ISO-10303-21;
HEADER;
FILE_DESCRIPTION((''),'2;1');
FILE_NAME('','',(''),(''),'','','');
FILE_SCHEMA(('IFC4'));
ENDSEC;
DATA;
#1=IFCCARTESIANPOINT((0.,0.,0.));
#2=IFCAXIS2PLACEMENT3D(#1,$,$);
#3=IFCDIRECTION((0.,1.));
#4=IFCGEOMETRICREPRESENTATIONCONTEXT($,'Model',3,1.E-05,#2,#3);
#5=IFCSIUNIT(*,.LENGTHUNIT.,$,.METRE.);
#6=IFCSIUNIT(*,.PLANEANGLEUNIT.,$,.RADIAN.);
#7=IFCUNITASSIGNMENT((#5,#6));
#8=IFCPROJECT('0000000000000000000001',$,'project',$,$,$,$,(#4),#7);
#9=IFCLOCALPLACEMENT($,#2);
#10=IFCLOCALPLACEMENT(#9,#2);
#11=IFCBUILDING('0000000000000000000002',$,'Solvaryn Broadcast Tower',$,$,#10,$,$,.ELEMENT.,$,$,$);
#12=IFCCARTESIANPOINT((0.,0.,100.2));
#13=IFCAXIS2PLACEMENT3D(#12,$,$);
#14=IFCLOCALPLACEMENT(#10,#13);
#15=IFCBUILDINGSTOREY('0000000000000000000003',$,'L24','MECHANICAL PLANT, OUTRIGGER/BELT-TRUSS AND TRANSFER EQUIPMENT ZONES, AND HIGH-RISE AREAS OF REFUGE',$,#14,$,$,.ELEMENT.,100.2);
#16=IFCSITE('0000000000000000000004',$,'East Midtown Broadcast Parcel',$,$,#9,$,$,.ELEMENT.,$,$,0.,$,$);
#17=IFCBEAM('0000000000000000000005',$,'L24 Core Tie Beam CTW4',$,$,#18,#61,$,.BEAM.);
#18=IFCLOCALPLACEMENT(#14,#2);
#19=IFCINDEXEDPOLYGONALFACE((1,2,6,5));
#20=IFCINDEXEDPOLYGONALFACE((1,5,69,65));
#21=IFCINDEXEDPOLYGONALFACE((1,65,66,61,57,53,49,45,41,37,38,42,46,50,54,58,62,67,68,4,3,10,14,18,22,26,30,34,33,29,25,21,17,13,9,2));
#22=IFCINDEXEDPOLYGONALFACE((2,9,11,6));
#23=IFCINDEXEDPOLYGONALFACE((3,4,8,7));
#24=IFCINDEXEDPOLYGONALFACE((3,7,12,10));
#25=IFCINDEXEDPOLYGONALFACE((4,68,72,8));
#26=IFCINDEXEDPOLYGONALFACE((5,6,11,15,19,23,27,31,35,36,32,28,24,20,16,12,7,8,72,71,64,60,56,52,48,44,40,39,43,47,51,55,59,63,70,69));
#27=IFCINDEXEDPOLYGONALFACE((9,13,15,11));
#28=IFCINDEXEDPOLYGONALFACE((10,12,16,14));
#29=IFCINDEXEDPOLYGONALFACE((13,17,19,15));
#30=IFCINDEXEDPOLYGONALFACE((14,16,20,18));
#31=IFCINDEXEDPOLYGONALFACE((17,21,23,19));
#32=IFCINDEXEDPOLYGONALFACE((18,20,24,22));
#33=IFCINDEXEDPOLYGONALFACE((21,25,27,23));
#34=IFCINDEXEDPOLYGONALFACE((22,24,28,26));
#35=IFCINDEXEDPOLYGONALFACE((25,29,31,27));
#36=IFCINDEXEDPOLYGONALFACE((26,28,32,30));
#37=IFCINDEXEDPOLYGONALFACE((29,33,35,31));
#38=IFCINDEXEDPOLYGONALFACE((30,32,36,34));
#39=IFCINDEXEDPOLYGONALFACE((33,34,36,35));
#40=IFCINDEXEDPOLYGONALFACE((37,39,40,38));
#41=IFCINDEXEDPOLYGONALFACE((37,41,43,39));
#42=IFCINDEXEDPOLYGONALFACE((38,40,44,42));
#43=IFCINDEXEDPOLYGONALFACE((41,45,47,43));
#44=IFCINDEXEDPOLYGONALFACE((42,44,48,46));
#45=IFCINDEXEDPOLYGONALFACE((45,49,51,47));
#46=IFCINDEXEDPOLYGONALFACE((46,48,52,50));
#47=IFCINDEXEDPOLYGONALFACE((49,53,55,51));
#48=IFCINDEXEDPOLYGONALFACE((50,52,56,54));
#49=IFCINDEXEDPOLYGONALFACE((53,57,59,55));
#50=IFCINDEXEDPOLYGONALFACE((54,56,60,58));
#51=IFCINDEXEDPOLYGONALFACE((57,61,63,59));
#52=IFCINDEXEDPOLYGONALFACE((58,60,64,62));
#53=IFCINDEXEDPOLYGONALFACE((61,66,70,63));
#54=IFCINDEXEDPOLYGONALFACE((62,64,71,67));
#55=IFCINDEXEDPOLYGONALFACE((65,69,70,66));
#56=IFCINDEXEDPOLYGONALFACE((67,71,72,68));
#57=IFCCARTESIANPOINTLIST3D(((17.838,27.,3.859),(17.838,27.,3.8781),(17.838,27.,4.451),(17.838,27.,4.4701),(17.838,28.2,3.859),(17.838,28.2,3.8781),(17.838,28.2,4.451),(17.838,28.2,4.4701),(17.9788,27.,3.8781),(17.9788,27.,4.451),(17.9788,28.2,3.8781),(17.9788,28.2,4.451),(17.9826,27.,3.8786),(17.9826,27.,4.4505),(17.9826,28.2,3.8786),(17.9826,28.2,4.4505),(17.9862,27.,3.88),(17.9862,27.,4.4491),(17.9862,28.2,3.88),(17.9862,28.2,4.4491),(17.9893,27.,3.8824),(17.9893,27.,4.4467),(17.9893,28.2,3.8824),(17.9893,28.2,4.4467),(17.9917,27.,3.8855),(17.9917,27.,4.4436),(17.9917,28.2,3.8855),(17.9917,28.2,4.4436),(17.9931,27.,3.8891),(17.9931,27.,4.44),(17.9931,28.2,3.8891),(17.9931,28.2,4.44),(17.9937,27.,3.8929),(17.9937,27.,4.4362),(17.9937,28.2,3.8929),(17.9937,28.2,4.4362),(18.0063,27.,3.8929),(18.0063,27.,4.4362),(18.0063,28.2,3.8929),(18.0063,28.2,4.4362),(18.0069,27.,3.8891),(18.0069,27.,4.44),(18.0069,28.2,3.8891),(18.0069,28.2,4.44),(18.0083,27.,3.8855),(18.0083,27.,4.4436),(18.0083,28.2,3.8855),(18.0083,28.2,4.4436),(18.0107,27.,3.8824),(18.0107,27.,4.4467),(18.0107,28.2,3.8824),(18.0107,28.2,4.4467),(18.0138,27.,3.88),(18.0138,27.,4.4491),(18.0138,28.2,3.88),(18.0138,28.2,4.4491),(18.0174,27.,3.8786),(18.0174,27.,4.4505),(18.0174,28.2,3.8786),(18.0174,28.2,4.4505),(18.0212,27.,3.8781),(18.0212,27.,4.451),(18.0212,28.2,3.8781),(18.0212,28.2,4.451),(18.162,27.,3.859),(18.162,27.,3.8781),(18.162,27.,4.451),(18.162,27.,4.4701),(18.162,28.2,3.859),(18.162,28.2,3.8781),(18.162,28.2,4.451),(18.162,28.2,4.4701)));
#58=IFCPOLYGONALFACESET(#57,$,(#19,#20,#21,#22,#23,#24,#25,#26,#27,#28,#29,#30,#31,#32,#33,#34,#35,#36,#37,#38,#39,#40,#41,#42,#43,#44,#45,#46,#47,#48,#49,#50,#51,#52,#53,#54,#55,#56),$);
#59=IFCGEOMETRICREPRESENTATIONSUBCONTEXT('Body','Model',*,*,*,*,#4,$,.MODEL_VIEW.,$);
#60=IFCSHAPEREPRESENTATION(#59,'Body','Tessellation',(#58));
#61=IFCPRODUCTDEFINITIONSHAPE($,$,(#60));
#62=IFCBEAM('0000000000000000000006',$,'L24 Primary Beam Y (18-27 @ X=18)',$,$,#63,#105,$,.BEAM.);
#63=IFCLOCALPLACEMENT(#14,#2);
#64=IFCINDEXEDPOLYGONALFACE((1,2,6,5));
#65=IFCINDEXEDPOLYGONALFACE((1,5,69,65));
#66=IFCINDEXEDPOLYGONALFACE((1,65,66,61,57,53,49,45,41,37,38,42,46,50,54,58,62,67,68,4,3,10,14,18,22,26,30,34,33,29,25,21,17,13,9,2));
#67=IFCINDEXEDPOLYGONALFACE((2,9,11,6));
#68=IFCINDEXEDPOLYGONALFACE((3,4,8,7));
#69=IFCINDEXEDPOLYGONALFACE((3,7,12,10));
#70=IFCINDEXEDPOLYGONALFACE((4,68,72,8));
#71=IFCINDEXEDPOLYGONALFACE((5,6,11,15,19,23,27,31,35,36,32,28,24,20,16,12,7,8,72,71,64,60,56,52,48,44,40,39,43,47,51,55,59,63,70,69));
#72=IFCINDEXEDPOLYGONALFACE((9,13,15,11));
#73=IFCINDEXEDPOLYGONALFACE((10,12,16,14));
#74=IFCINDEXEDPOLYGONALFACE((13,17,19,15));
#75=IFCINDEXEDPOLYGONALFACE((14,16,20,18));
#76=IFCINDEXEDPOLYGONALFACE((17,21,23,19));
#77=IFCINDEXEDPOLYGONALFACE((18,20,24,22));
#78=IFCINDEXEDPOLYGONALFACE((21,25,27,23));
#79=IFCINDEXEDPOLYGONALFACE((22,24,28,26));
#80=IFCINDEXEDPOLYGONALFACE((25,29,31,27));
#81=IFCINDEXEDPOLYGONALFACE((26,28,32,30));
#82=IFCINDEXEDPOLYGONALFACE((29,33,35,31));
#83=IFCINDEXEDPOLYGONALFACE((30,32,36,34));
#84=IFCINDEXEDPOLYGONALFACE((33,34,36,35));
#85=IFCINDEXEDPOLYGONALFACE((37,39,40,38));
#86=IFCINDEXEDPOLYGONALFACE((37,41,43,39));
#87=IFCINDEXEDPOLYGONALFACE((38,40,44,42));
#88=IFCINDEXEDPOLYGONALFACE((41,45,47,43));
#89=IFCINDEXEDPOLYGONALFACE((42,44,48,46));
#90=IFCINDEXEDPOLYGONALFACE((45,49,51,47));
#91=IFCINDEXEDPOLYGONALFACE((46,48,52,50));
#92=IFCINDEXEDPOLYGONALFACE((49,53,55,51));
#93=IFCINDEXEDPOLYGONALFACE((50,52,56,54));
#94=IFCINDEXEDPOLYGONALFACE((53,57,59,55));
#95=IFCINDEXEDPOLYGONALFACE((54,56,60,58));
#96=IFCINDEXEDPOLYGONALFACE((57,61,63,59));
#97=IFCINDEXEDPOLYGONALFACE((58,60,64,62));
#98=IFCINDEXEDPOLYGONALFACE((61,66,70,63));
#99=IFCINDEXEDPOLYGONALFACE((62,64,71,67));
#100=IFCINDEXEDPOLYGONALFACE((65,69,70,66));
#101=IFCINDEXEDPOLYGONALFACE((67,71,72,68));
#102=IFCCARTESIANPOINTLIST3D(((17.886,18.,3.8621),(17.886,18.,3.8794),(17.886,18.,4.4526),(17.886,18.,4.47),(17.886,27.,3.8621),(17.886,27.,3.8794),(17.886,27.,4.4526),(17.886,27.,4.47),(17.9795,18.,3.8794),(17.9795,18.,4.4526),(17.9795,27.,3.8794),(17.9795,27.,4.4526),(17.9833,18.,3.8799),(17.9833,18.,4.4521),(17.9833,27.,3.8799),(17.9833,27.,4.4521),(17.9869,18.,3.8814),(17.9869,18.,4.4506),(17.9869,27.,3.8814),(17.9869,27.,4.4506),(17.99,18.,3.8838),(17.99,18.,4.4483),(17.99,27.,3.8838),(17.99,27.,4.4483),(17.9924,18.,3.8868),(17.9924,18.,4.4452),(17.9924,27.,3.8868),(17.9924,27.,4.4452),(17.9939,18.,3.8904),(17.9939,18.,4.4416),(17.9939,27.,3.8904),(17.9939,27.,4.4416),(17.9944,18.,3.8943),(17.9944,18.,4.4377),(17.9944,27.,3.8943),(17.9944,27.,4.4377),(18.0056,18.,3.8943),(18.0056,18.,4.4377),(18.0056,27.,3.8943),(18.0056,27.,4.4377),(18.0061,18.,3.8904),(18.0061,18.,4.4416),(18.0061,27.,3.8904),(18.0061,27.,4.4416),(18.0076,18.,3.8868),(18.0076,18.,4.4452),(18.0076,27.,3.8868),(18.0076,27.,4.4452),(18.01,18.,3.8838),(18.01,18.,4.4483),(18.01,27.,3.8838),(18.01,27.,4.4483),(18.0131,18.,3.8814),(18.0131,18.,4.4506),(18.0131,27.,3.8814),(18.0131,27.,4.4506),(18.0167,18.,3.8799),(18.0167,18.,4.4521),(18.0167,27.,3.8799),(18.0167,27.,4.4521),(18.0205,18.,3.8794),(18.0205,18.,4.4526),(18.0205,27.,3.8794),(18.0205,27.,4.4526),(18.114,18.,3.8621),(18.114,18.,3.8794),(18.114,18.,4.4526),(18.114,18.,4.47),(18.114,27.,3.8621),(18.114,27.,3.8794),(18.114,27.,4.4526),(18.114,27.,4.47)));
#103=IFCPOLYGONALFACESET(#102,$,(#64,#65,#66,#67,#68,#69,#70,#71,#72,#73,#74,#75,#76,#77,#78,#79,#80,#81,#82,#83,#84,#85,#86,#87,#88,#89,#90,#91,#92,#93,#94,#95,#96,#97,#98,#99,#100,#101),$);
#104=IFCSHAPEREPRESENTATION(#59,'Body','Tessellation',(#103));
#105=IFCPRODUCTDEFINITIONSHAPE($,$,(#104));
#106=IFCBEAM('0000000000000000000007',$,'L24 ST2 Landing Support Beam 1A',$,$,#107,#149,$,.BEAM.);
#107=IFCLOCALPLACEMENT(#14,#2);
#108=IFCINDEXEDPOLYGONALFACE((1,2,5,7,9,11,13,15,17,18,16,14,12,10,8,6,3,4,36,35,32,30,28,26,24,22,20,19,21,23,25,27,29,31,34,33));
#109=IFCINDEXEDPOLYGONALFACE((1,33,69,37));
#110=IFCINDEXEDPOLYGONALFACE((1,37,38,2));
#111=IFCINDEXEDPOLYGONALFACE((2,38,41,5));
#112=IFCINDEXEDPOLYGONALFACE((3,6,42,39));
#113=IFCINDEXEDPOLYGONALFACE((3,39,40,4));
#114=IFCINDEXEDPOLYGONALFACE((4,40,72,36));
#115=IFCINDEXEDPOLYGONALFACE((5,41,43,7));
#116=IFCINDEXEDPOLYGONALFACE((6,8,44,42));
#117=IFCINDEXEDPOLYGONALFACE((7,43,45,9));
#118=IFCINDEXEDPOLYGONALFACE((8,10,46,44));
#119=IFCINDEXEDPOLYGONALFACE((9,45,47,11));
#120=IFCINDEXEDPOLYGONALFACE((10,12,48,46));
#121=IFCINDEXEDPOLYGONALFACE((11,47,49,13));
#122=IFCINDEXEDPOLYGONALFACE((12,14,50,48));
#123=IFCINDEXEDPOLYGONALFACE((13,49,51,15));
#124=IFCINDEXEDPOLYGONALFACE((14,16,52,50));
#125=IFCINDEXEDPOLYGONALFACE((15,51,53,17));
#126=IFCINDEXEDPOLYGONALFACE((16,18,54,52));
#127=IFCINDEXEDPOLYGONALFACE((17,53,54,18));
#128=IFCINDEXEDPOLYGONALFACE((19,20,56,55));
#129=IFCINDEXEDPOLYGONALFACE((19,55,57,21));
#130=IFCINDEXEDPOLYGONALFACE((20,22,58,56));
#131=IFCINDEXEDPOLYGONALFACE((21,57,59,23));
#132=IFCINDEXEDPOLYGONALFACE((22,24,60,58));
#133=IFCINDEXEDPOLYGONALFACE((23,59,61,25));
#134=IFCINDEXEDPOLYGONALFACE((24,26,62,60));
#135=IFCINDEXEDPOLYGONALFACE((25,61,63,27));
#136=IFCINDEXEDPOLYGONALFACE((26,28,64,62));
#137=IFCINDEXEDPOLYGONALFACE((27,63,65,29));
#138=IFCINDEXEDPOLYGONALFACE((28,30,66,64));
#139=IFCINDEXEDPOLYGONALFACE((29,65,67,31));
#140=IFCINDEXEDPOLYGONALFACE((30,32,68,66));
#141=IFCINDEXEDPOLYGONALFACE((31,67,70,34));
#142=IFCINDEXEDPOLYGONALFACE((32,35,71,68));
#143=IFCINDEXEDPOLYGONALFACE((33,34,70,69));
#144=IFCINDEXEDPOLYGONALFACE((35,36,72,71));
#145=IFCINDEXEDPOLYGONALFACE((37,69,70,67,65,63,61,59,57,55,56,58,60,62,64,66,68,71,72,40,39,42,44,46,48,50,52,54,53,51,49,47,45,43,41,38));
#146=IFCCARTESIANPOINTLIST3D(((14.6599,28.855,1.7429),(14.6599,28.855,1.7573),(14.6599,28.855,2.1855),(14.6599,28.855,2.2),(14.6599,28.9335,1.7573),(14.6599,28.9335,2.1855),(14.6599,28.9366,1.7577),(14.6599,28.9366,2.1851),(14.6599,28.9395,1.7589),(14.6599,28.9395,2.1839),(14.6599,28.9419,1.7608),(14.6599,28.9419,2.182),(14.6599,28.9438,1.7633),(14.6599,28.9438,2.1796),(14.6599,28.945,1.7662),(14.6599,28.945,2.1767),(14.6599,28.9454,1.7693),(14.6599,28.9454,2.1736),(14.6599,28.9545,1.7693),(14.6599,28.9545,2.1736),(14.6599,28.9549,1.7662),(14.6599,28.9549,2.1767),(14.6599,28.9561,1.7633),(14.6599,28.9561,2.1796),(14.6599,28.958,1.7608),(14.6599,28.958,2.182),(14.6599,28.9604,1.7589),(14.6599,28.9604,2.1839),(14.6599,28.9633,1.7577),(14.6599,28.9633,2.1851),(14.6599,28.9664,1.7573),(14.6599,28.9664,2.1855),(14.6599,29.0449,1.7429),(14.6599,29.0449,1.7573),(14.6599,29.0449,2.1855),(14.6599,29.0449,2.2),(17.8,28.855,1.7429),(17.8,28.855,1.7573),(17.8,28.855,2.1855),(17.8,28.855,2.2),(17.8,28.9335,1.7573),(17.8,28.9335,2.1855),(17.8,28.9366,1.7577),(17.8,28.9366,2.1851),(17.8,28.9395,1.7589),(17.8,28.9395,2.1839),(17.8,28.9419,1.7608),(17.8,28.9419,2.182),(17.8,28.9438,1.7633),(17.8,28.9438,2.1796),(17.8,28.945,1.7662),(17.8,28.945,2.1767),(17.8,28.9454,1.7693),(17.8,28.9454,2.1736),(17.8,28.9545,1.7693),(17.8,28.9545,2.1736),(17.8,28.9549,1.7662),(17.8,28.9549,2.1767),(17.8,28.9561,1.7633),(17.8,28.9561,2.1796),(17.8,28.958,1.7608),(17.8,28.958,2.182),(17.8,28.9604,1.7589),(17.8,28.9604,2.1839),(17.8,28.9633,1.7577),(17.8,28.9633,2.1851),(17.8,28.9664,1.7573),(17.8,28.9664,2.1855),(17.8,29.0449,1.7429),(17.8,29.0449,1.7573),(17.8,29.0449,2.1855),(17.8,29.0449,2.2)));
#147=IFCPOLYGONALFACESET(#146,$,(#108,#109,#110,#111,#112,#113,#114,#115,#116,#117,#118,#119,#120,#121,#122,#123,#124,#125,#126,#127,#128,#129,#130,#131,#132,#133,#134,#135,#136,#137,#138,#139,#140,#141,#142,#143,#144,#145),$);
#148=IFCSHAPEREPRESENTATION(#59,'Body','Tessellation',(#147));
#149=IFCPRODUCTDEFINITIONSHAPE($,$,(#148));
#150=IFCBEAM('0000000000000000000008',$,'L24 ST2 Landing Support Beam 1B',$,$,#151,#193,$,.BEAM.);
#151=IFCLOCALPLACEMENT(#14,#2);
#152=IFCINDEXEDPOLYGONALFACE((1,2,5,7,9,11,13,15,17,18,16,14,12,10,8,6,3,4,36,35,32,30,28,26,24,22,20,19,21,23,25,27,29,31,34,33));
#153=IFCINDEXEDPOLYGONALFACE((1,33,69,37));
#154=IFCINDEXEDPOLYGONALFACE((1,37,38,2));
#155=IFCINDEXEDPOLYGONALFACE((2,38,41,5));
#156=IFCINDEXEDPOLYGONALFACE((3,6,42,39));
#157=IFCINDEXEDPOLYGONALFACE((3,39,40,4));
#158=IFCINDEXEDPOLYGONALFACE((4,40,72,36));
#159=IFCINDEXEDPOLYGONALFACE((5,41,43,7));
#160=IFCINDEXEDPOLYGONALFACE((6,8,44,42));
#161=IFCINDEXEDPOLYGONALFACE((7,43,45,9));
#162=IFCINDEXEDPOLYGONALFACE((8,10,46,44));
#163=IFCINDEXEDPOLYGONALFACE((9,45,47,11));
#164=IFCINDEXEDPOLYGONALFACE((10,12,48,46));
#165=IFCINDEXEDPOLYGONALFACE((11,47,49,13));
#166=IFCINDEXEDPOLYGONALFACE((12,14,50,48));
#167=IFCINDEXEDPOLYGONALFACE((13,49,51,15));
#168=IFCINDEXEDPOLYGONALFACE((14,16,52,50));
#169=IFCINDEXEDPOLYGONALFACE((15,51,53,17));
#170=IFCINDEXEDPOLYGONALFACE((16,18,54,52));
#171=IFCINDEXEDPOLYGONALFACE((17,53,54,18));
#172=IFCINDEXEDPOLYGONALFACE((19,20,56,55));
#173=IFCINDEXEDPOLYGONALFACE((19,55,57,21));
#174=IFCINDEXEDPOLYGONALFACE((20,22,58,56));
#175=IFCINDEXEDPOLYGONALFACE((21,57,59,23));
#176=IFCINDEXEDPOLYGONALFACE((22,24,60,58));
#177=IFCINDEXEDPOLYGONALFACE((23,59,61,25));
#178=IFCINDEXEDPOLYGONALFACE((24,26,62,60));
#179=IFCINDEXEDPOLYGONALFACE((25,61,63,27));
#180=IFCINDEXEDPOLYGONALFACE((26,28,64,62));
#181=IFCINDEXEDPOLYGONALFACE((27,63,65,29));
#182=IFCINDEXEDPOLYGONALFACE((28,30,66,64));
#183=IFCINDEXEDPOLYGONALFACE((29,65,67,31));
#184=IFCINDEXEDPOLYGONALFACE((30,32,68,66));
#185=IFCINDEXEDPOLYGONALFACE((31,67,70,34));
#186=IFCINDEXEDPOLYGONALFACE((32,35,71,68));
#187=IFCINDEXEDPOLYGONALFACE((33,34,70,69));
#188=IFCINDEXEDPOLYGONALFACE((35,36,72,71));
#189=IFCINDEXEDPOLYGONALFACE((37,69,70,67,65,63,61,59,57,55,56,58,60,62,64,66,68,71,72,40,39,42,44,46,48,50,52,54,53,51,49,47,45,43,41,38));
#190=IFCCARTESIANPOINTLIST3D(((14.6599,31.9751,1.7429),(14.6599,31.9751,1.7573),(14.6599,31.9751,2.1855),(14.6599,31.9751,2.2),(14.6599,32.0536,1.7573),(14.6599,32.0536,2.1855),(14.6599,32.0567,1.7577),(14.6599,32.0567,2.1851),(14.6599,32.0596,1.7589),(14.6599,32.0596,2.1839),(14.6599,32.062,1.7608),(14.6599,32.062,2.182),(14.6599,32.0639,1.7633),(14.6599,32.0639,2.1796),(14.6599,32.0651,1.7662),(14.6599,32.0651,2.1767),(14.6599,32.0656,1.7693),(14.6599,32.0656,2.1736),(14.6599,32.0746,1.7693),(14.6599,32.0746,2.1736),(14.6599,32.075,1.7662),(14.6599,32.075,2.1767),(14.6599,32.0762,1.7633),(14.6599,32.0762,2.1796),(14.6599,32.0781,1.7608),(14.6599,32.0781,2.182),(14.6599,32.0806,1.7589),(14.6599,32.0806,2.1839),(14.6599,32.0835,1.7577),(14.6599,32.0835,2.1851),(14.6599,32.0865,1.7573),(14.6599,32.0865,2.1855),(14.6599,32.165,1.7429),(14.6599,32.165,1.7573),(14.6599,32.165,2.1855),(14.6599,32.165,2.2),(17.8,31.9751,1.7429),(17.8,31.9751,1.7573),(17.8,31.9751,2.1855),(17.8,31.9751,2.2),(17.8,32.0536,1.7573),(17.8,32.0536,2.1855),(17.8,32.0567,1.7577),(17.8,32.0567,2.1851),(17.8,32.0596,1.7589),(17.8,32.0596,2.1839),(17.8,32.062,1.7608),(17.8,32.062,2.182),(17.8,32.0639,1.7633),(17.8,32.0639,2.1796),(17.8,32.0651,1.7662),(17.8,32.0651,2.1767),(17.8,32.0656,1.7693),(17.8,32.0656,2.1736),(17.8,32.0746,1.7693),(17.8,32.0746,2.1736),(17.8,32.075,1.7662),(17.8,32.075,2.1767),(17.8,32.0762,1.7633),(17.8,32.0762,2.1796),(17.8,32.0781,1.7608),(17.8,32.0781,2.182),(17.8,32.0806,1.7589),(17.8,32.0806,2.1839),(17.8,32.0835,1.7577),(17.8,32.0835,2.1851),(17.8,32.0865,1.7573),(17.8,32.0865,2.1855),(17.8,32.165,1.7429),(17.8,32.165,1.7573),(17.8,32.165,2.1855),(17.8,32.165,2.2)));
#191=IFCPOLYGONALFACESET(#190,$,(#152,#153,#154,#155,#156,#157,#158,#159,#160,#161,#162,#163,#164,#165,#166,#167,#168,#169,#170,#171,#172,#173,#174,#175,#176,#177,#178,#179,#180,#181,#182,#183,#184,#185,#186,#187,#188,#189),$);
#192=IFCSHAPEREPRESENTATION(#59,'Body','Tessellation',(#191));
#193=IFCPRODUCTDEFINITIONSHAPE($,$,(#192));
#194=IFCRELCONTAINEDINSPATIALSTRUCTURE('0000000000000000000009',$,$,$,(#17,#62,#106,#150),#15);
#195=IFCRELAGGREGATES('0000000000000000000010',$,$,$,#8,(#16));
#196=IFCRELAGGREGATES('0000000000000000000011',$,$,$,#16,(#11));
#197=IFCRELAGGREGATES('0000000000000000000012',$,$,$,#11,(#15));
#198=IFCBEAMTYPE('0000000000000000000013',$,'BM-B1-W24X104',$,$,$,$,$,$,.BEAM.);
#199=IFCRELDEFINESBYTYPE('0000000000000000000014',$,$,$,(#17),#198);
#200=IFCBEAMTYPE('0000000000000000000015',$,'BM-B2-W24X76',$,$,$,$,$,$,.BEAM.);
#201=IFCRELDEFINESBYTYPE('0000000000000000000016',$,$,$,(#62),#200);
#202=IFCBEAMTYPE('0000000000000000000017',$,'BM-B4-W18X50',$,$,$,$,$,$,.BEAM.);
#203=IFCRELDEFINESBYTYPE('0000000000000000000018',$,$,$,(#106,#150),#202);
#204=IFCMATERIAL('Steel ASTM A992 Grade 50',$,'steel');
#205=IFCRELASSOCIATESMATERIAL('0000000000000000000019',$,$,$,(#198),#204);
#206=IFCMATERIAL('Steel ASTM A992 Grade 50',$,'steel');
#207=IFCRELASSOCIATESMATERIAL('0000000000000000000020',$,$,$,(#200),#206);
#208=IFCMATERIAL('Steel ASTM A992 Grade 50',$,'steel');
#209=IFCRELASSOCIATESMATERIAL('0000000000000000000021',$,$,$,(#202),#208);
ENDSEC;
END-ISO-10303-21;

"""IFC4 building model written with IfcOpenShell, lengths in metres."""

from ifc_helpers import new_model, si_unit, direction, frame, origin, origin_2d, place, context, subcontext, project, spatial, i_section, extrude, material, material_profile, profile_set, type_object, element, save


model = new_model("IFC4")

# Units and contexts
model_context = context("Model", 3, precision=1e-05, world=origin(), true_north=direction((0.0, 1.0)))
body_context = subcontext(model_context, "Body", "Model", "MODEL_VIEW")
ifc_project = project(units=[si_unit("LENGTHUNIT", "METRE"), si_unit("PLANEANGLEUNIT", "RADIAN")], contexts=[model_context])

# Site, building, storey
site_placement = place(None, origin())
site = spatial("IfcSite", under=ifc_project, at=site_placement, Name="East Midtown Broadcast Parcel", CompositionType="ELEMENT", RefElevation=0.0)
building_placement = place(site_placement, origin())
building = spatial("IfcBuilding", under=site, at=building_placement, Name="Solvaryn Broadcast Tower", CompositionType="ELEMENT")
storey_placement = place(building_placement, frame((0.0, 0.0, 100.2)))
storey = spatial("IfcBuildingStorey", under=building, at=storey_placement, Name="L24", Description="MECHANICAL PLANT, OUTRIGGER/BELT-TRUSS AND TRANSFER EQUIPMENT ZONES, AND HIGH-RISE AREAS OF REFUGE", CompositionType="ELEMENT", Elevation=100.2)

# Beams
ifc_material_1 = material(Name="Steel ASTM A992 Grade 50", Category="steel")
ifc_material_profile_1 = material_profile(ifc_material_1, i_section(OverallWidth=0.324, OverallDepth=0.6111, WebThickness=0.0127, FlangeThickness=0.019, FilletRadius=0.0149, at=origin_2d()))
ifc_profile_set_1 = profile_set([ifc_material_profile_1], Name="Steel ASTM A992 Grade 50")
beam_type_1 = type_object("IfcBeamType", Name="BM-B1-W24X104", PredefinedType="BEAM", material=ifc_profile_set_1)
beam_1_placement = place(storey_placement, frame((18.0, 27.0, 4.1646), z_axis=(0.0, 1.0, 0.0), x_axis=(-1.0, 0.0, 0.0)))
element("IfcBeam", 1, at=beam_1_placement, inside=storey, type_object=beam_type_1, Name="L24 Core Tie Beam CTW4", PredefinedType="BEAM", context=body_context, shape_type="SweptSolid", body=[
    extrude(i_section(OverallWidth=0.324, OverallDepth=0.6111, WebThickness=0.0127, FlangeThickness=0.019, FilletRadius=0.0149, at=origin_2d()), origin(), (0.0, 0.0, 1.0), 1.2),
])
ifc_material_2 = material(Name="Steel ASTM A992 Grade 50", Category="steel")
ifc_material_profile_2 = material_profile(ifc_material_2, i_section(OverallWidth=0.228, OverallDepth=0.6079, WebThickness=0.0112, FlangeThickness=0.0173, FilletRadius=0.0149, at=origin_2d()))
ifc_profile_set_2 = profile_set([ifc_material_profile_2], Name="Steel ASTM A992 Grade 50")
beam_type_2 = type_object("IfcBeamType", Name="BM-B2-W24X76", PredefinedType="BEAM", material=ifc_profile_set_2)
beam_2_placement = place(storey_placement, frame((18.0, 18.0, 4.166), z_axis=(0.0, 1.0, 0.0), x_axis=(-1.0, 0.0, 0.0)))
element("IfcBeam", 2, at=beam_2_placement, inside=storey, type_object=beam_type_2, Name="L24 Primary Beam Y (18-27 @ X=18)", PredefinedType="BEAM", context=body_context, shape_type="SweptSolid", body=[
    extrude(i_section(OverallWidth=0.228, OverallDepth=0.6079, WebThickness=0.0112, FlangeThickness=0.0173, FilletRadius=0.0149, at=origin_2d()), origin(), (0.0, 0.0, 1.0), 9.0),
])
ifc_material_3 = material(Name="Steel ASTM A992 Grade 50", Category="steel")
ifc_material_profile_3 = material_profile(ifc_material_3, i_section(OverallWidth=0.1899, OverallDepth=0.457, WebThickness=0.009, FlangeThickness=0.0144, FilletRadius=0.012, at=origin_2d()))
ifc_profile_set_3 = profile_set([ifc_material_profile_3], Name="Steel ASTM A992 Grade 50")
beam_type_3 = type_object("IfcBeamType", Name="BM-B4-W18X50", PredefinedType="BEAM", material=ifc_profile_set_3)
for number, where, z_axis, x_axis, name in (
    (3, (14.6599, 28.95, 1.9714), (1.0, 0.0, 0.0), (0.0, 1.0, 0.0), "L24 ST2 Landing Support Beam 1A"),
    (4, (14.6599, 32.0701, 1.9714), (1.0, 0.0, 0.0), (0.0, 1.0, 0.0), "L24 ST2 Landing Support Beam 1B"),
):
    element("IfcBeam", number, at=place(storey_placement, frame(where, z_axis=z_axis, x_axis=x_axis)), inside=storey, type_object=beam_type_3, Name=name, PredefinedType="BEAM", context=body_context, shape_type="SweptSolid", body=[
        extrude(i_section(OverallWidth=0.1899, OverallDepth=0.457, WebThickness=0.009, FlangeThickness=0.0144, FilletRadius=0.012, at=origin_2d()), origin(), (0.0, 0.0, 1.0), 3.1401),
    ])

save(model, "model.ifc")
